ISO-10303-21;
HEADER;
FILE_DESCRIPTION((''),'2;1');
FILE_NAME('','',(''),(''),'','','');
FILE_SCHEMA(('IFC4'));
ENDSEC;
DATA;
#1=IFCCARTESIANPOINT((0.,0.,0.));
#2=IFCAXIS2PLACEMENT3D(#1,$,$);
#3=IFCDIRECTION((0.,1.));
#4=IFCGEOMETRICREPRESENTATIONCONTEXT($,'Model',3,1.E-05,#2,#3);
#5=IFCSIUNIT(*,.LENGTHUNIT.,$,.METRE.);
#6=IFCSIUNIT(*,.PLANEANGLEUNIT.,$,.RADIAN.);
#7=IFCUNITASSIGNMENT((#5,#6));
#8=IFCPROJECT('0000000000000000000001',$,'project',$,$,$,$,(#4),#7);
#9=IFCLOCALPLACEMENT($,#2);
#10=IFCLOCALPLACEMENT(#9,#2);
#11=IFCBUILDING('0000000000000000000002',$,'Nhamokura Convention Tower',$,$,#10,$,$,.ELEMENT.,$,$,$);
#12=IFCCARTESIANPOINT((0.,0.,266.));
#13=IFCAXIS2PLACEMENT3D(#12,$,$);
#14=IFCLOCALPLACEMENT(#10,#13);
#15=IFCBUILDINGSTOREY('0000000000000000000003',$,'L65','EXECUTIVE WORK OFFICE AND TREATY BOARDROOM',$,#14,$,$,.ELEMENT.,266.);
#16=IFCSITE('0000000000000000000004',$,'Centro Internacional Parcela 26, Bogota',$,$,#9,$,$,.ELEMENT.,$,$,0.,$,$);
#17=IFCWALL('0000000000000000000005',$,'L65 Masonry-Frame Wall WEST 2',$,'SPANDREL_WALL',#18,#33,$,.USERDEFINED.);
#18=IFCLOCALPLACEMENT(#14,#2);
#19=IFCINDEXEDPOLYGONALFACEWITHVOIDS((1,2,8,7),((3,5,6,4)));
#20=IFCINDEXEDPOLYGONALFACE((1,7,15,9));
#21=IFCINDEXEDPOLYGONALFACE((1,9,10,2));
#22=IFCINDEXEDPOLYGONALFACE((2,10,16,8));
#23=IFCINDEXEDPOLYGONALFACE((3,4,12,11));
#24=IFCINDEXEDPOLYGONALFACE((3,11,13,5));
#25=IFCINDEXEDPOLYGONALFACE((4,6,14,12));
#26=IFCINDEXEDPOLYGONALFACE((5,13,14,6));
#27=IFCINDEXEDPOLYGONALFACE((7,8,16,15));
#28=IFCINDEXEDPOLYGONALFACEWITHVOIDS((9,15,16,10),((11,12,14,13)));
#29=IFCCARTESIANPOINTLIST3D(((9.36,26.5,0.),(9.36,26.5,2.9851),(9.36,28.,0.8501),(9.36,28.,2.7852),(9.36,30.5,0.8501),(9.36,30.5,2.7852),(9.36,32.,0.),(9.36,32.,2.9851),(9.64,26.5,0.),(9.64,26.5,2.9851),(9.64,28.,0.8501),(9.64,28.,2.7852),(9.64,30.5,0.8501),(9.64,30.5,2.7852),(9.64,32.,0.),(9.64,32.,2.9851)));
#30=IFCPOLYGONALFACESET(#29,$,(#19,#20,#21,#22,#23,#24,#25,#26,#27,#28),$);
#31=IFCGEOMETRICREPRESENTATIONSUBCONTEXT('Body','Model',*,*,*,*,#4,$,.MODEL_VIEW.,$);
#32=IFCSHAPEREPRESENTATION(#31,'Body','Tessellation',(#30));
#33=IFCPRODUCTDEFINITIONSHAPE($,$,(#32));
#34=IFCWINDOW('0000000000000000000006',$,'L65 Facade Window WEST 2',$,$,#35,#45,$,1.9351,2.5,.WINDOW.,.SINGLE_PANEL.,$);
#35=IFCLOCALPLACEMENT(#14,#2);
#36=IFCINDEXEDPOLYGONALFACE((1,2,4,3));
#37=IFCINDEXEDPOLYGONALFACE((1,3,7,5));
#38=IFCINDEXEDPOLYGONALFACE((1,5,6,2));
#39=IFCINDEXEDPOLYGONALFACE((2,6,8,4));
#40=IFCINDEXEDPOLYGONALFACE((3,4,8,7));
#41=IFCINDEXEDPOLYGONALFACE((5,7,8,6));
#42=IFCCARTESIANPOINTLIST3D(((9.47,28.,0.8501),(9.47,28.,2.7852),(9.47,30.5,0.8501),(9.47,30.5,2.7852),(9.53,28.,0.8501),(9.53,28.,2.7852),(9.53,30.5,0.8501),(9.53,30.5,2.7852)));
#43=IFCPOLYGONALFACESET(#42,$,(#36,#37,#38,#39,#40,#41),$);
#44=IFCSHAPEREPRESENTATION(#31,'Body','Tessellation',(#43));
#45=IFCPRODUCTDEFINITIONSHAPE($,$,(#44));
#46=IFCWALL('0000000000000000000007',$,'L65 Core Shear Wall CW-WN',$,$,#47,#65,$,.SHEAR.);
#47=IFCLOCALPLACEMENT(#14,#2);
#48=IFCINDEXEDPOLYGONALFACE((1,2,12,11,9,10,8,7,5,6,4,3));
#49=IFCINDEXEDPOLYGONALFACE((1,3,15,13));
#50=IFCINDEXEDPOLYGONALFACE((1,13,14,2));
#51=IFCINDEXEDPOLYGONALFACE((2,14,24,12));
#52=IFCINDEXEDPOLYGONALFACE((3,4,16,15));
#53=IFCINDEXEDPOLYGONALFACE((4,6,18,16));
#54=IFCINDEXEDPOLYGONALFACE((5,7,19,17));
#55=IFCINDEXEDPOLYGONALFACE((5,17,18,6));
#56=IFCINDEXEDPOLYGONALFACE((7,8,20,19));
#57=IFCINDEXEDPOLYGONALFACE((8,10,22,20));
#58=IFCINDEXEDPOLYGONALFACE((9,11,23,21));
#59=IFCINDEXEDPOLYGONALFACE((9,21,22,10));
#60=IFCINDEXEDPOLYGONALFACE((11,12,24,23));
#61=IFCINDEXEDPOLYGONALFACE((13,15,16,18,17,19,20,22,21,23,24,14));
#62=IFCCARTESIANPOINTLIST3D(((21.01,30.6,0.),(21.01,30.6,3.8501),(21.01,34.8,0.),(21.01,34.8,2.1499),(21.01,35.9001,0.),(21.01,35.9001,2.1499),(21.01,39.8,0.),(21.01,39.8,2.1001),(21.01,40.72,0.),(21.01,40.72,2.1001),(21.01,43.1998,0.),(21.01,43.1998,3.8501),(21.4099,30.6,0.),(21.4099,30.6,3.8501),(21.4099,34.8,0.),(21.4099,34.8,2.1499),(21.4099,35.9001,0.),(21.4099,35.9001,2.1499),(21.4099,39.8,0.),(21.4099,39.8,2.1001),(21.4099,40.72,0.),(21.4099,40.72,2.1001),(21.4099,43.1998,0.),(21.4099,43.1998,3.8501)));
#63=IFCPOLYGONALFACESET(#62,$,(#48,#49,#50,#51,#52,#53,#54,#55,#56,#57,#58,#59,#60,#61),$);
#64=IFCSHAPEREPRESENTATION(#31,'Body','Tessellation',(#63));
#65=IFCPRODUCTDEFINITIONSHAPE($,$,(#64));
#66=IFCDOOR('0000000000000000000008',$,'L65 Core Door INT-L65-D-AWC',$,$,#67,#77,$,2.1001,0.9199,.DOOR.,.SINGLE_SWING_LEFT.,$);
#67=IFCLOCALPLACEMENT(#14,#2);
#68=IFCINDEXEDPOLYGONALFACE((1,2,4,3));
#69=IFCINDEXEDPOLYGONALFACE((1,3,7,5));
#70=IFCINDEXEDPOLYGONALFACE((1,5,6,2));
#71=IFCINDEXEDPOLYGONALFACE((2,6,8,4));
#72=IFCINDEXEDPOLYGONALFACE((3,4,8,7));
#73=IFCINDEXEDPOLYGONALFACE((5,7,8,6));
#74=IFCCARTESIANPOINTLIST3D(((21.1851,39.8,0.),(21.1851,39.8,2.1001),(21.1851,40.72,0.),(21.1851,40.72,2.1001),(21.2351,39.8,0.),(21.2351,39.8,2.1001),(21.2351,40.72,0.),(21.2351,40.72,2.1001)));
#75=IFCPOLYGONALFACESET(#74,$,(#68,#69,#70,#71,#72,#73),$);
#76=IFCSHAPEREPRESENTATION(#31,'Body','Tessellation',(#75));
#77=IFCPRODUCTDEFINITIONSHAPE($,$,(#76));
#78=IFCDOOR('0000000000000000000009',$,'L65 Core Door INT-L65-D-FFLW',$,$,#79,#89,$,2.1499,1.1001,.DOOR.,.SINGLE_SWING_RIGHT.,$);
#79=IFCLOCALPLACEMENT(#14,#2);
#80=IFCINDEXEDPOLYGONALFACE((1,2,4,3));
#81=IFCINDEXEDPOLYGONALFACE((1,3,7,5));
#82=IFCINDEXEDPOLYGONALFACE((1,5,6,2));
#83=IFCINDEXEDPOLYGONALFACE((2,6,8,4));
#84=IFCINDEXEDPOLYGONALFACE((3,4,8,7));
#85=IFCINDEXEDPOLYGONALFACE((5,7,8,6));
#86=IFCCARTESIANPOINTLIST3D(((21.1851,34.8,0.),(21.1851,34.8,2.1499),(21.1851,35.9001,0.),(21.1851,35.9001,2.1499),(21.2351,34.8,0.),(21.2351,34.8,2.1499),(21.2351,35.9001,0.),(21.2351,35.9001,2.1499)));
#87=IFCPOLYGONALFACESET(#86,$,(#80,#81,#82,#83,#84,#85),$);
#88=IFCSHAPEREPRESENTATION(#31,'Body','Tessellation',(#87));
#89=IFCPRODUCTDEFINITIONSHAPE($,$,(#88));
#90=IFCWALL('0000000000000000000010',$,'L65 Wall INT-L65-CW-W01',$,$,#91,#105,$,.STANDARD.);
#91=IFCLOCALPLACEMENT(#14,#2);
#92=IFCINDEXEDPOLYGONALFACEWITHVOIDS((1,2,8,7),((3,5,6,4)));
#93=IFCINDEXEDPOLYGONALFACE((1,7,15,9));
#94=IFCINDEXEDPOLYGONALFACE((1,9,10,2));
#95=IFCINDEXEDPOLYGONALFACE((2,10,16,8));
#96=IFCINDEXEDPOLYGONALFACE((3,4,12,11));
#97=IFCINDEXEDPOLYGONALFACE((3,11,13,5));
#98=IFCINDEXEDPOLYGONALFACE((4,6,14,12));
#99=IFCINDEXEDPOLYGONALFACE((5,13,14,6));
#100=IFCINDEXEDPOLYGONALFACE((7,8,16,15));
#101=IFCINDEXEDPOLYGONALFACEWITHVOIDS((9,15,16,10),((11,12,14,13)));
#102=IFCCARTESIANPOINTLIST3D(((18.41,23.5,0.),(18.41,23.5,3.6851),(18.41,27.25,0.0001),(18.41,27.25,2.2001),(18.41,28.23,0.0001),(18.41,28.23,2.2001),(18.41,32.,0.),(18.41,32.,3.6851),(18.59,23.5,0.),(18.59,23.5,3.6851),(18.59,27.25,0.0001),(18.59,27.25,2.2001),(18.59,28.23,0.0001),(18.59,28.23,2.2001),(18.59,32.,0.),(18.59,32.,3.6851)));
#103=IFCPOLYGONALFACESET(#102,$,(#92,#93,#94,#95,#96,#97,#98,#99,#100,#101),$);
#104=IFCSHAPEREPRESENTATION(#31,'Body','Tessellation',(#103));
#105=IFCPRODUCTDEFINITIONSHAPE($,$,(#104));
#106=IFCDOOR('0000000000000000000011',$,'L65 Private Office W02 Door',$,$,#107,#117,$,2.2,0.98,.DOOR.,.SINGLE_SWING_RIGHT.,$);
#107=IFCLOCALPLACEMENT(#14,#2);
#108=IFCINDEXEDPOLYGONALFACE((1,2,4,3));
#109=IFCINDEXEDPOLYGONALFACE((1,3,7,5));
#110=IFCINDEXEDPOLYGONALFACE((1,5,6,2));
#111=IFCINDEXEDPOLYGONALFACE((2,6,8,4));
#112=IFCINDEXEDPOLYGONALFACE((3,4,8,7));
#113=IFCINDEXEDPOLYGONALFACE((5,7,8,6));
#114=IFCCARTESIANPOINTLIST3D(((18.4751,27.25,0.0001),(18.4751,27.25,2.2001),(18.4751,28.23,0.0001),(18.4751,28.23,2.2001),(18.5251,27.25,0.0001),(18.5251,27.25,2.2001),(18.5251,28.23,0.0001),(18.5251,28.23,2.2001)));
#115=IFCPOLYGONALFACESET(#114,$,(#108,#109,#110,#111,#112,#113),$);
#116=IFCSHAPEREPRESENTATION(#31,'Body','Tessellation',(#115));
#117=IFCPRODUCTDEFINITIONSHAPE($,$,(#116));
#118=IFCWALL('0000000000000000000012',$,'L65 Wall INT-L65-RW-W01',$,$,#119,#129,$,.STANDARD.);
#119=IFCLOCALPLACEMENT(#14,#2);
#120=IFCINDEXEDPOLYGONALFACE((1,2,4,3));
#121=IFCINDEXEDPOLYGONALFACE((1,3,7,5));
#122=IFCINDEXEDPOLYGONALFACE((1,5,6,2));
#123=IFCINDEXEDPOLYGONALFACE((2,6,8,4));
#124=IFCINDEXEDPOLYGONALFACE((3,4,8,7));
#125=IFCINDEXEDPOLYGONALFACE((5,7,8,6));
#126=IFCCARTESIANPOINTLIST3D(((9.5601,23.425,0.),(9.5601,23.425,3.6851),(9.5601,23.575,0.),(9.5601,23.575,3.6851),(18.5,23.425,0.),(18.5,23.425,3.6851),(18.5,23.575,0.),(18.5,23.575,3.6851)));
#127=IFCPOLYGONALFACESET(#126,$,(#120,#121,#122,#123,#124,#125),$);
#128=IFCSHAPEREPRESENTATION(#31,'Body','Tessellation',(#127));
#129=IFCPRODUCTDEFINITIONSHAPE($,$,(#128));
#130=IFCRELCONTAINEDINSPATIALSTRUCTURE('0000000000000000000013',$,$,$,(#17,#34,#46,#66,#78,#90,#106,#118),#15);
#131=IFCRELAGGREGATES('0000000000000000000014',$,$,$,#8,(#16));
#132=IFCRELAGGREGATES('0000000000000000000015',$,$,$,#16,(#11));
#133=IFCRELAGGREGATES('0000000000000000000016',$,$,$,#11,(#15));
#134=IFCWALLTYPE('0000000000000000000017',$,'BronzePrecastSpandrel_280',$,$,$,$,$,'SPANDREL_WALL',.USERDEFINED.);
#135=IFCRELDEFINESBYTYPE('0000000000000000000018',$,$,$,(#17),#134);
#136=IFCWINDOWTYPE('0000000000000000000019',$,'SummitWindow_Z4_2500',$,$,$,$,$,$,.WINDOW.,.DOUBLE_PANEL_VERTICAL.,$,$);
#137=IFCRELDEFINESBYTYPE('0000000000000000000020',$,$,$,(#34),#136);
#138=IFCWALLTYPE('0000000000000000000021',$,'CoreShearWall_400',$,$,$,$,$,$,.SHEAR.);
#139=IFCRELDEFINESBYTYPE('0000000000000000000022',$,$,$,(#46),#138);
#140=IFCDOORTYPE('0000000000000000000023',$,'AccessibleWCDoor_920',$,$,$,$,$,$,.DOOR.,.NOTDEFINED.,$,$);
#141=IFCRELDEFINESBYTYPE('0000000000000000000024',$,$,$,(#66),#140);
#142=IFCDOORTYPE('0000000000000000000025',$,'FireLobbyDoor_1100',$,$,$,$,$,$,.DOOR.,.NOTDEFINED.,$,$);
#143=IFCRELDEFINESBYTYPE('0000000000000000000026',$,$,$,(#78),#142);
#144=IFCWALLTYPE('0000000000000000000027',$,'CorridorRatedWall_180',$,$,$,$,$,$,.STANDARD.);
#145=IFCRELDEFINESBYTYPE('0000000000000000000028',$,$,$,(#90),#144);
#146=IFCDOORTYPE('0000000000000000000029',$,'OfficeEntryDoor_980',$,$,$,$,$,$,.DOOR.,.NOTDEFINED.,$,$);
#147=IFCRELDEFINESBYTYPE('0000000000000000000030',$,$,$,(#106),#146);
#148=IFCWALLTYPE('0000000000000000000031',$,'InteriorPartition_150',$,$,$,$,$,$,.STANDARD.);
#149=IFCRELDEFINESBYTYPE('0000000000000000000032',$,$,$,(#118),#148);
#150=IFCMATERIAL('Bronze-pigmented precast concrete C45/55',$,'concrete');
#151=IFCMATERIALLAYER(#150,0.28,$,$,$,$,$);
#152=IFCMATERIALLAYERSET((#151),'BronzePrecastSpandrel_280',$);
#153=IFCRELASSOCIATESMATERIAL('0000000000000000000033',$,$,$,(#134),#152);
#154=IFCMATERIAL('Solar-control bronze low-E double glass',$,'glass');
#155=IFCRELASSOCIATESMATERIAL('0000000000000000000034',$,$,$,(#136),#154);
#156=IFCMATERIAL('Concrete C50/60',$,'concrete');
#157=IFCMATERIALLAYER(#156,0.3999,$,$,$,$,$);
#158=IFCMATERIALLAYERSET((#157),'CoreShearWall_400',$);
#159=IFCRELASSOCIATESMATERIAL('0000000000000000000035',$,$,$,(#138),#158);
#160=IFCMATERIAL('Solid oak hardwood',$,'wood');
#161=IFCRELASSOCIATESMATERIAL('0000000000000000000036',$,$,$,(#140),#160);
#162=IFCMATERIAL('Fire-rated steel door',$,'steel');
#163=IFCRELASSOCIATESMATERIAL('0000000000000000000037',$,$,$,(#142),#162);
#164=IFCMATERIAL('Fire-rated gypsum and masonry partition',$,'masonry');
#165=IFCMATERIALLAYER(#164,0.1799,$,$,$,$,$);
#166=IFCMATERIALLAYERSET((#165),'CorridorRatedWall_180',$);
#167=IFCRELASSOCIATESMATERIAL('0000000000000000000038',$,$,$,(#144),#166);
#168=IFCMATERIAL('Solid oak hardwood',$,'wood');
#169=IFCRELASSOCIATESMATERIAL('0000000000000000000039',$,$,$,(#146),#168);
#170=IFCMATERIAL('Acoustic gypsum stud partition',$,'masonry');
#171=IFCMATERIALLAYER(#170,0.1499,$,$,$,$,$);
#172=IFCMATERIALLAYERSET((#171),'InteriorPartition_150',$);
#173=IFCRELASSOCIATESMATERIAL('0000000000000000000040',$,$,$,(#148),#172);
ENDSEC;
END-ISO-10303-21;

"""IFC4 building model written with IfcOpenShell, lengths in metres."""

from ifc_helpers import new_model, si_unit, direction, frame, frame_2d, origin, place, context, subcontext, project, spatial, rectangle, extrude, material, layer, layer_set, type_object, element, fill, save


model = new_model("IFC4")

# Units and contexts
model_context = context("Model", 3, precision=1e-05, world=origin(), true_north=direction((0.0, 1.0)))
body_context = subcontext(model_context, "Body", "Model", "MODEL_VIEW")
ifc_project = project(units=[si_unit("LENGTHUNIT", "METRE"), si_unit("PLANEANGLEUNIT", "RADIAN")], contexts=[model_context])

# Site, building, storey
site_placement = place(None, origin())
site = spatial("IfcSite", under=ifc_project, at=site_placement, Name="Centro Internacional Parcela 26, Bogota", CompositionType="ELEMENT", RefElevation=0.0)
building_placement = place(site_placement, origin())
building = spatial("IfcBuilding", under=site, at=building_placement, Name="Nhamokura Convention Tower", CompositionType="ELEMENT")
storey_placement = place(building_placement, frame((0.0, 0.0, 266.0)))
storey = spatial("IfcBuildingStorey", under=building, at=storey_placement, Name="L65", Description="EXECUTIVE WORK OFFICE AND TREATY BOARDROOM", CompositionType="ELEMENT", Elevation=266.0)

# Wall, opening, window
ifc_material_1 = material(Name="Bronze-pigmented precast concrete C45/55", Category="concrete")
ifc_layer_1 = layer(ifc_material_1, 0.28)
ifc_layer_set_1 = layer_set([ifc_layer_1], Name="BronzePrecastSpandrel_280")
wall_type_1 = type_object("IfcWallType", Name="BronzePrecastSpandrel_280", ElementType="SPANDREL_WALL", PredefinedType="USERDEFINED", material=ifc_layer_set_1)
wall_1_placement = place(storey_placement, frame((9.5, 26.5, 0.0), z_axis=(0.0, 0.0, 1.0), x_axis=(0.0, 1.0, 0.0)))
wall_1 = element("IfcWall", 1, at=wall_1_placement, inside=storey, type_object=wall_type_1, Name="L65 Masonry-Frame Wall WEST 2", ObjectType="SPANDREL_WALL", PredefinedType="USERDEFINED", context=body_context, shape_type="SweptSolid", body=[
    extrude(rectangle(XDim=5.5, YDim=0.28, at=frame_2d((2.75, 0.0))), origin(), (0.0, 0.0, 1.0), 2.9851),
])
opening_1_placement = place(wall_1_placement, frame((1.5, 0.0, 0.8501)))
opening_1 = element("IfcOpeningElement", 2, at=opening_1_placement, cuts=wall_1, PredefinedType="OPENING", context=body_context, shape_type="SweptSolid", body=[
    extrude(rectangle(XDim=2.5, YDim=1.9351, at=frame_2d((1.25, 0.9675))), frame((0.0, 0.1499, 0.0), z_axis=(0.0, -1.0, 0.0), x_axis=(1.0, 0.0, 0.0)), (0.0, 0.0, 1.0), 0.3),
])
ifc_material_2 = material(Name="Solar-control bronze low-E double glass", Category="glass")
window_type_1 = type_object("IfcWindowType", Name="SummitWindow_Z4_2500", PartitioningType="DOUBLE_PANEL_VERTICAL", PredefinedType="WINDOW", material=ifc_material_2)
window_1_placement = place(opening_1_placement, origin())
window_1 = element("IfcWindow", 3, at=window_1_placement, inside=storey, type_object=window_type_1, Name="L65 Facade Window WEST 2", OverallHeight=1.9351, OverallWidth=2.5, PartitioningType="SINGLE_PANEL", PredefinedType="WINDOW", context=body_context, shape_type="SweptSolid", body=[
    extrude(rectangle(XDim=2.5, YDim=1.9351, at=frame_2d((1.25, 0.9675))), frame((0.0, 0.03, 0.0), z_axis=(0.0, -1.0, 0.0), x_axis=(1.0, 0.0, 0.0)), (0.0, 0.0, 1.0), 0.0601),
])
fill(opening_1, window_1)

# Shared definitions
ifc_material_3 = material(Name="Concrete C50/60", Category="concrete")
ifc_layer_2 = layer(ifc_material_3, 0.3999)
ifc_layer_set_2 = layer_set([ifc_layer_2], Name="CoreShearWall_400")
wall_type_2 = type_object("IfcWallType", Name="CoreShearWall_400", PredefinedType="SHEAR", material=ifc_layer_set_2)

# Wall, openings, doors
wall_2_placement = place(storey_placement, frame((21.21, 30.6001, 0.0), z_axis=(0.0, 0.0, 1.0), x_axis=(0.0, 1.0, 0.0)))
wall_2 = element("IfcWall", 4, at=wall_2_placement, inside=storey, type_object=wall_type_2, Name="L65 Core Shear Wall CW-WN", PredefinedType="SHEAR", context=body_context, shape_type="SweptSolid", body=[
    extrude(rectangle(XDim=12.5999, YDim=0.3999, at=frame_2d((6.2998, 0.0))), origin(), (0.0, 0.0, 1.0), 3.8501),
])
opening_2_placement = place(wall_2_placement, frame((4.2, 0.0, 0.0)))
opening_2 = element("IfcOpeningElement", 5, at=opening_2_placement, cuts=wall_2, PredefinedType="OPENING", context=body_context, shape_type="SweptSolid", body=[
    extrude(rectangle(XDim=1.1001, YDim=2.1499, at=frame_2d((0.55, 1.075))), frame((0.0, 0.21, 0.0), z_axis=(0.0, -1.0, 0.0), x_axis=(1.0, 0.0, 0.0)), (0.0, 0.0, 1.0), 0.4199),
])
opening_3_placement = place(wall_2_placement, frame((9.2, 0.0, 0.0)))
opening_3 = element("IfcOpeningElement", 6, at=opening_3_placement, cuts=wall_2, PredefinedType="OPENING", context=body_context, shape_type="SweptSolid", body=[
    extrude(rectangle(XDim=0.9199, YDim=2.1001, at=frame_2d((0.46, 1.05))), frame((0.0, 0.21, 0.0), z_axis=(0.0, -1.0, 0.0), x_axis=(1.0, 0.0, 0.0)), (0.0, 0.0, 1.0), 0.4199),
])
ifc_material_4 = material(Name="Solid oak hardwood", Category="wood")
door_type_1 = type_object("IfcDoorType", Name="AccessibleWCDoor_920", OperationType="NOTDEFINED", PredefinedType="DOOR", material=ifc_material_4)
door_1_placement = place(opening_3_placement, origin())
door_1 = element("IfcDoor", 7, at=door_1_placement, inside=storey, type_object=door_type_1, Name="L65 Core Door INT-L65-D-AWC", OperationType="SINGLE_SWING_LEFT", OverallHeight=2.1001, OverallWidth=0.9199, PredefinedType="DOOR", context=body_context, shape_type="SweptSolid", body=[
    extrude(rectangle(XDim=0.9199, YDim=2.1001, at=frame_2d((0.46, 1.05))), frame((0.0, 0.0249, 0.0), z_axis=(0.0, -1.0, 0.0), x_axis=(1.0, 0.0, 0.0)), (0.0, 0.0, 1.0), 0.05),
])
fill(opening_3, door_1)
ifc_material_5 = material(Name="Fire-rated steel door", Category="steel")
door_type_2 = type_object("IfcDoorType", Name="FireLobbyDoor_1100", OperationType="NOTDEFINED", PredefinedType="DOOR", material=ifc_material_5)
door_2_placement = place(opening_2_placement, origin())
door_2 = element("IfcDoor", 8, at=door_2_placement, inside=storey, type_object=door_type_2, Name="L65 Core Door INT-L65-D-FFLW", OperationType="SINGLE_SWING_RIGHT", OverallHeight=2.1499, OverallWidth=1.1001, PredefinedType="DOOR", context=body_context, shape_type="SweptSolid", body=[
    extrude(rectangle(XDim=1.1001, YDim=2.1499, at=frame_2d((0.55, 1.075))), frame((0.0, 0.0249, 0.0), z_axis=(0.0, -1.0, 0.0), x_axis=(1.0, 0.0, 0.0)), (0.0, 0.0, 1.0), 0.05),
])
fill(opening_2, door_2)

# Wall, opening, door
ifc_material_6 = material(Name="Fire-rated gypsum and masonry partition", Category="masonry")
ifc_layer_3 = layer(ifc_material_6, 0.1799)
ifc_layer_set_3 = layer_set([ifc_layer_3], Name="CorridorRatedWall_180")
wall_type_3 = type_object("IfcWallType", Name="CorridorRatedWall_180", PredefinedType="STANDARD", material=ifc_layer_set_3)
wall_3_placement = place(storey_placement, frame((18.5, 23.5, 0.0), z_axis=(0.0, 0.0, 1.0), x_axis=(0.0, 1.0, 0.0)))
wall_3 = element("IfcWall", 9, at=wall_3_placement, inside=storey, type_object=wall_type_3, Name="L65 Wall INT-L65-CW-W01", PredefinedType="STANDARD", context=body_context, shape_type="SweptSolid", body=[
    extrude(rectangle(XDim=8.5, YDim=0.1799, at=frame_2d((4.25, 0.0))), origin(), (0.0, 0.0, 1.0), 3.6851),
])
opening_4_placement = place(wall_3_placement, frame((3.75, 0.0, 0.0)))
opening_4 = element("IfcOpeningElement", 10, at=opening_4_placement, cuts=wall_3, PredefinedType="OPENING", context=body_context, shape_type="SweptSolid", body=[
    extrude(rectangle(XDim=0.98, YDim=2.2, at=frame_2d((0.49, 1.1001))), frame((0.0, 0.0999, 0.0), z_axis=(0.0, -1.0, 0.0), x_axis=(1.0, 0.0, 0.0)), (0.0, 0.0, 1.0), 0.2),
])
ifc_material_7 = material(Name="Solid oak hardwood", Category="wood")
door_type_3 = type_object("IfcDoorType", Name="OfficeEntryDoor_980", OperationType="NOTDEFINED", PredefinedType="DOOR", material=ifc_material_7)
door_3_placement = place(opening_4_placement, origin())
door_3 = element("IfcDoor", 11, at=door_3_placement, inside=storey, type_object=door_type_3, Name="L65 Private Office W02 Door", OperationType="SINGLE_SWING_RIGHT", OverallHeight=2.2, OverallWidth=0.98, PredefinedType="DOOR", context=body_context, shape_type="SweptSolid", body=[
    extrude(rectangle(XDim=0.98, YDim=2.2, at=frame_2d((0.49, 1.1001))), frame((0.0, 0.0249, 0.0), z_axis=(0.0, -1.0, 0.0), x_axis=(1.0, 0.0, 0.0)), (0.0, 0.0, 1.0), 0.05),
])
fill(opening_4, door_3)

# Wall
ifc_material_8 = material(Name="Acoustic gypsum stud partition", Category="masonry")
ifc_layer_4 = layer(ifc_material_8, 0.1499)
ifc_layer_set_4 = layer_set([ifc_layer_4], Name="InteriorPartition_150")
wall_type_4 = type_object("IfcWallType", Name="InteriorPartition_150", PredefinedType="STANDARD", material=ifc_layer_set_4)
wall_4_placement = place(storey_placement, frame((9.5601, 23.5, 0.0), z_axis=(0.0, 0.0, 1.0), x_axis=(1.0, 0.0, 0.0)))
element("IfcWall", 12, at=wall_4_placement, inside=storey, type_object=wall_type_4, Name="L65 Wall INT-L65-RW-W01", PredefinedType="STANDARD", context=body_context, shape_type="SweptSolid", body=[
    extrude(rectangle(XDim=8.9399, YDim=0.1499, at=frame_2d((4.47, 0.0))), origin(), (0.0, 0.0, 1.0), 3.6851),
])

save(model, "model.ifc")
